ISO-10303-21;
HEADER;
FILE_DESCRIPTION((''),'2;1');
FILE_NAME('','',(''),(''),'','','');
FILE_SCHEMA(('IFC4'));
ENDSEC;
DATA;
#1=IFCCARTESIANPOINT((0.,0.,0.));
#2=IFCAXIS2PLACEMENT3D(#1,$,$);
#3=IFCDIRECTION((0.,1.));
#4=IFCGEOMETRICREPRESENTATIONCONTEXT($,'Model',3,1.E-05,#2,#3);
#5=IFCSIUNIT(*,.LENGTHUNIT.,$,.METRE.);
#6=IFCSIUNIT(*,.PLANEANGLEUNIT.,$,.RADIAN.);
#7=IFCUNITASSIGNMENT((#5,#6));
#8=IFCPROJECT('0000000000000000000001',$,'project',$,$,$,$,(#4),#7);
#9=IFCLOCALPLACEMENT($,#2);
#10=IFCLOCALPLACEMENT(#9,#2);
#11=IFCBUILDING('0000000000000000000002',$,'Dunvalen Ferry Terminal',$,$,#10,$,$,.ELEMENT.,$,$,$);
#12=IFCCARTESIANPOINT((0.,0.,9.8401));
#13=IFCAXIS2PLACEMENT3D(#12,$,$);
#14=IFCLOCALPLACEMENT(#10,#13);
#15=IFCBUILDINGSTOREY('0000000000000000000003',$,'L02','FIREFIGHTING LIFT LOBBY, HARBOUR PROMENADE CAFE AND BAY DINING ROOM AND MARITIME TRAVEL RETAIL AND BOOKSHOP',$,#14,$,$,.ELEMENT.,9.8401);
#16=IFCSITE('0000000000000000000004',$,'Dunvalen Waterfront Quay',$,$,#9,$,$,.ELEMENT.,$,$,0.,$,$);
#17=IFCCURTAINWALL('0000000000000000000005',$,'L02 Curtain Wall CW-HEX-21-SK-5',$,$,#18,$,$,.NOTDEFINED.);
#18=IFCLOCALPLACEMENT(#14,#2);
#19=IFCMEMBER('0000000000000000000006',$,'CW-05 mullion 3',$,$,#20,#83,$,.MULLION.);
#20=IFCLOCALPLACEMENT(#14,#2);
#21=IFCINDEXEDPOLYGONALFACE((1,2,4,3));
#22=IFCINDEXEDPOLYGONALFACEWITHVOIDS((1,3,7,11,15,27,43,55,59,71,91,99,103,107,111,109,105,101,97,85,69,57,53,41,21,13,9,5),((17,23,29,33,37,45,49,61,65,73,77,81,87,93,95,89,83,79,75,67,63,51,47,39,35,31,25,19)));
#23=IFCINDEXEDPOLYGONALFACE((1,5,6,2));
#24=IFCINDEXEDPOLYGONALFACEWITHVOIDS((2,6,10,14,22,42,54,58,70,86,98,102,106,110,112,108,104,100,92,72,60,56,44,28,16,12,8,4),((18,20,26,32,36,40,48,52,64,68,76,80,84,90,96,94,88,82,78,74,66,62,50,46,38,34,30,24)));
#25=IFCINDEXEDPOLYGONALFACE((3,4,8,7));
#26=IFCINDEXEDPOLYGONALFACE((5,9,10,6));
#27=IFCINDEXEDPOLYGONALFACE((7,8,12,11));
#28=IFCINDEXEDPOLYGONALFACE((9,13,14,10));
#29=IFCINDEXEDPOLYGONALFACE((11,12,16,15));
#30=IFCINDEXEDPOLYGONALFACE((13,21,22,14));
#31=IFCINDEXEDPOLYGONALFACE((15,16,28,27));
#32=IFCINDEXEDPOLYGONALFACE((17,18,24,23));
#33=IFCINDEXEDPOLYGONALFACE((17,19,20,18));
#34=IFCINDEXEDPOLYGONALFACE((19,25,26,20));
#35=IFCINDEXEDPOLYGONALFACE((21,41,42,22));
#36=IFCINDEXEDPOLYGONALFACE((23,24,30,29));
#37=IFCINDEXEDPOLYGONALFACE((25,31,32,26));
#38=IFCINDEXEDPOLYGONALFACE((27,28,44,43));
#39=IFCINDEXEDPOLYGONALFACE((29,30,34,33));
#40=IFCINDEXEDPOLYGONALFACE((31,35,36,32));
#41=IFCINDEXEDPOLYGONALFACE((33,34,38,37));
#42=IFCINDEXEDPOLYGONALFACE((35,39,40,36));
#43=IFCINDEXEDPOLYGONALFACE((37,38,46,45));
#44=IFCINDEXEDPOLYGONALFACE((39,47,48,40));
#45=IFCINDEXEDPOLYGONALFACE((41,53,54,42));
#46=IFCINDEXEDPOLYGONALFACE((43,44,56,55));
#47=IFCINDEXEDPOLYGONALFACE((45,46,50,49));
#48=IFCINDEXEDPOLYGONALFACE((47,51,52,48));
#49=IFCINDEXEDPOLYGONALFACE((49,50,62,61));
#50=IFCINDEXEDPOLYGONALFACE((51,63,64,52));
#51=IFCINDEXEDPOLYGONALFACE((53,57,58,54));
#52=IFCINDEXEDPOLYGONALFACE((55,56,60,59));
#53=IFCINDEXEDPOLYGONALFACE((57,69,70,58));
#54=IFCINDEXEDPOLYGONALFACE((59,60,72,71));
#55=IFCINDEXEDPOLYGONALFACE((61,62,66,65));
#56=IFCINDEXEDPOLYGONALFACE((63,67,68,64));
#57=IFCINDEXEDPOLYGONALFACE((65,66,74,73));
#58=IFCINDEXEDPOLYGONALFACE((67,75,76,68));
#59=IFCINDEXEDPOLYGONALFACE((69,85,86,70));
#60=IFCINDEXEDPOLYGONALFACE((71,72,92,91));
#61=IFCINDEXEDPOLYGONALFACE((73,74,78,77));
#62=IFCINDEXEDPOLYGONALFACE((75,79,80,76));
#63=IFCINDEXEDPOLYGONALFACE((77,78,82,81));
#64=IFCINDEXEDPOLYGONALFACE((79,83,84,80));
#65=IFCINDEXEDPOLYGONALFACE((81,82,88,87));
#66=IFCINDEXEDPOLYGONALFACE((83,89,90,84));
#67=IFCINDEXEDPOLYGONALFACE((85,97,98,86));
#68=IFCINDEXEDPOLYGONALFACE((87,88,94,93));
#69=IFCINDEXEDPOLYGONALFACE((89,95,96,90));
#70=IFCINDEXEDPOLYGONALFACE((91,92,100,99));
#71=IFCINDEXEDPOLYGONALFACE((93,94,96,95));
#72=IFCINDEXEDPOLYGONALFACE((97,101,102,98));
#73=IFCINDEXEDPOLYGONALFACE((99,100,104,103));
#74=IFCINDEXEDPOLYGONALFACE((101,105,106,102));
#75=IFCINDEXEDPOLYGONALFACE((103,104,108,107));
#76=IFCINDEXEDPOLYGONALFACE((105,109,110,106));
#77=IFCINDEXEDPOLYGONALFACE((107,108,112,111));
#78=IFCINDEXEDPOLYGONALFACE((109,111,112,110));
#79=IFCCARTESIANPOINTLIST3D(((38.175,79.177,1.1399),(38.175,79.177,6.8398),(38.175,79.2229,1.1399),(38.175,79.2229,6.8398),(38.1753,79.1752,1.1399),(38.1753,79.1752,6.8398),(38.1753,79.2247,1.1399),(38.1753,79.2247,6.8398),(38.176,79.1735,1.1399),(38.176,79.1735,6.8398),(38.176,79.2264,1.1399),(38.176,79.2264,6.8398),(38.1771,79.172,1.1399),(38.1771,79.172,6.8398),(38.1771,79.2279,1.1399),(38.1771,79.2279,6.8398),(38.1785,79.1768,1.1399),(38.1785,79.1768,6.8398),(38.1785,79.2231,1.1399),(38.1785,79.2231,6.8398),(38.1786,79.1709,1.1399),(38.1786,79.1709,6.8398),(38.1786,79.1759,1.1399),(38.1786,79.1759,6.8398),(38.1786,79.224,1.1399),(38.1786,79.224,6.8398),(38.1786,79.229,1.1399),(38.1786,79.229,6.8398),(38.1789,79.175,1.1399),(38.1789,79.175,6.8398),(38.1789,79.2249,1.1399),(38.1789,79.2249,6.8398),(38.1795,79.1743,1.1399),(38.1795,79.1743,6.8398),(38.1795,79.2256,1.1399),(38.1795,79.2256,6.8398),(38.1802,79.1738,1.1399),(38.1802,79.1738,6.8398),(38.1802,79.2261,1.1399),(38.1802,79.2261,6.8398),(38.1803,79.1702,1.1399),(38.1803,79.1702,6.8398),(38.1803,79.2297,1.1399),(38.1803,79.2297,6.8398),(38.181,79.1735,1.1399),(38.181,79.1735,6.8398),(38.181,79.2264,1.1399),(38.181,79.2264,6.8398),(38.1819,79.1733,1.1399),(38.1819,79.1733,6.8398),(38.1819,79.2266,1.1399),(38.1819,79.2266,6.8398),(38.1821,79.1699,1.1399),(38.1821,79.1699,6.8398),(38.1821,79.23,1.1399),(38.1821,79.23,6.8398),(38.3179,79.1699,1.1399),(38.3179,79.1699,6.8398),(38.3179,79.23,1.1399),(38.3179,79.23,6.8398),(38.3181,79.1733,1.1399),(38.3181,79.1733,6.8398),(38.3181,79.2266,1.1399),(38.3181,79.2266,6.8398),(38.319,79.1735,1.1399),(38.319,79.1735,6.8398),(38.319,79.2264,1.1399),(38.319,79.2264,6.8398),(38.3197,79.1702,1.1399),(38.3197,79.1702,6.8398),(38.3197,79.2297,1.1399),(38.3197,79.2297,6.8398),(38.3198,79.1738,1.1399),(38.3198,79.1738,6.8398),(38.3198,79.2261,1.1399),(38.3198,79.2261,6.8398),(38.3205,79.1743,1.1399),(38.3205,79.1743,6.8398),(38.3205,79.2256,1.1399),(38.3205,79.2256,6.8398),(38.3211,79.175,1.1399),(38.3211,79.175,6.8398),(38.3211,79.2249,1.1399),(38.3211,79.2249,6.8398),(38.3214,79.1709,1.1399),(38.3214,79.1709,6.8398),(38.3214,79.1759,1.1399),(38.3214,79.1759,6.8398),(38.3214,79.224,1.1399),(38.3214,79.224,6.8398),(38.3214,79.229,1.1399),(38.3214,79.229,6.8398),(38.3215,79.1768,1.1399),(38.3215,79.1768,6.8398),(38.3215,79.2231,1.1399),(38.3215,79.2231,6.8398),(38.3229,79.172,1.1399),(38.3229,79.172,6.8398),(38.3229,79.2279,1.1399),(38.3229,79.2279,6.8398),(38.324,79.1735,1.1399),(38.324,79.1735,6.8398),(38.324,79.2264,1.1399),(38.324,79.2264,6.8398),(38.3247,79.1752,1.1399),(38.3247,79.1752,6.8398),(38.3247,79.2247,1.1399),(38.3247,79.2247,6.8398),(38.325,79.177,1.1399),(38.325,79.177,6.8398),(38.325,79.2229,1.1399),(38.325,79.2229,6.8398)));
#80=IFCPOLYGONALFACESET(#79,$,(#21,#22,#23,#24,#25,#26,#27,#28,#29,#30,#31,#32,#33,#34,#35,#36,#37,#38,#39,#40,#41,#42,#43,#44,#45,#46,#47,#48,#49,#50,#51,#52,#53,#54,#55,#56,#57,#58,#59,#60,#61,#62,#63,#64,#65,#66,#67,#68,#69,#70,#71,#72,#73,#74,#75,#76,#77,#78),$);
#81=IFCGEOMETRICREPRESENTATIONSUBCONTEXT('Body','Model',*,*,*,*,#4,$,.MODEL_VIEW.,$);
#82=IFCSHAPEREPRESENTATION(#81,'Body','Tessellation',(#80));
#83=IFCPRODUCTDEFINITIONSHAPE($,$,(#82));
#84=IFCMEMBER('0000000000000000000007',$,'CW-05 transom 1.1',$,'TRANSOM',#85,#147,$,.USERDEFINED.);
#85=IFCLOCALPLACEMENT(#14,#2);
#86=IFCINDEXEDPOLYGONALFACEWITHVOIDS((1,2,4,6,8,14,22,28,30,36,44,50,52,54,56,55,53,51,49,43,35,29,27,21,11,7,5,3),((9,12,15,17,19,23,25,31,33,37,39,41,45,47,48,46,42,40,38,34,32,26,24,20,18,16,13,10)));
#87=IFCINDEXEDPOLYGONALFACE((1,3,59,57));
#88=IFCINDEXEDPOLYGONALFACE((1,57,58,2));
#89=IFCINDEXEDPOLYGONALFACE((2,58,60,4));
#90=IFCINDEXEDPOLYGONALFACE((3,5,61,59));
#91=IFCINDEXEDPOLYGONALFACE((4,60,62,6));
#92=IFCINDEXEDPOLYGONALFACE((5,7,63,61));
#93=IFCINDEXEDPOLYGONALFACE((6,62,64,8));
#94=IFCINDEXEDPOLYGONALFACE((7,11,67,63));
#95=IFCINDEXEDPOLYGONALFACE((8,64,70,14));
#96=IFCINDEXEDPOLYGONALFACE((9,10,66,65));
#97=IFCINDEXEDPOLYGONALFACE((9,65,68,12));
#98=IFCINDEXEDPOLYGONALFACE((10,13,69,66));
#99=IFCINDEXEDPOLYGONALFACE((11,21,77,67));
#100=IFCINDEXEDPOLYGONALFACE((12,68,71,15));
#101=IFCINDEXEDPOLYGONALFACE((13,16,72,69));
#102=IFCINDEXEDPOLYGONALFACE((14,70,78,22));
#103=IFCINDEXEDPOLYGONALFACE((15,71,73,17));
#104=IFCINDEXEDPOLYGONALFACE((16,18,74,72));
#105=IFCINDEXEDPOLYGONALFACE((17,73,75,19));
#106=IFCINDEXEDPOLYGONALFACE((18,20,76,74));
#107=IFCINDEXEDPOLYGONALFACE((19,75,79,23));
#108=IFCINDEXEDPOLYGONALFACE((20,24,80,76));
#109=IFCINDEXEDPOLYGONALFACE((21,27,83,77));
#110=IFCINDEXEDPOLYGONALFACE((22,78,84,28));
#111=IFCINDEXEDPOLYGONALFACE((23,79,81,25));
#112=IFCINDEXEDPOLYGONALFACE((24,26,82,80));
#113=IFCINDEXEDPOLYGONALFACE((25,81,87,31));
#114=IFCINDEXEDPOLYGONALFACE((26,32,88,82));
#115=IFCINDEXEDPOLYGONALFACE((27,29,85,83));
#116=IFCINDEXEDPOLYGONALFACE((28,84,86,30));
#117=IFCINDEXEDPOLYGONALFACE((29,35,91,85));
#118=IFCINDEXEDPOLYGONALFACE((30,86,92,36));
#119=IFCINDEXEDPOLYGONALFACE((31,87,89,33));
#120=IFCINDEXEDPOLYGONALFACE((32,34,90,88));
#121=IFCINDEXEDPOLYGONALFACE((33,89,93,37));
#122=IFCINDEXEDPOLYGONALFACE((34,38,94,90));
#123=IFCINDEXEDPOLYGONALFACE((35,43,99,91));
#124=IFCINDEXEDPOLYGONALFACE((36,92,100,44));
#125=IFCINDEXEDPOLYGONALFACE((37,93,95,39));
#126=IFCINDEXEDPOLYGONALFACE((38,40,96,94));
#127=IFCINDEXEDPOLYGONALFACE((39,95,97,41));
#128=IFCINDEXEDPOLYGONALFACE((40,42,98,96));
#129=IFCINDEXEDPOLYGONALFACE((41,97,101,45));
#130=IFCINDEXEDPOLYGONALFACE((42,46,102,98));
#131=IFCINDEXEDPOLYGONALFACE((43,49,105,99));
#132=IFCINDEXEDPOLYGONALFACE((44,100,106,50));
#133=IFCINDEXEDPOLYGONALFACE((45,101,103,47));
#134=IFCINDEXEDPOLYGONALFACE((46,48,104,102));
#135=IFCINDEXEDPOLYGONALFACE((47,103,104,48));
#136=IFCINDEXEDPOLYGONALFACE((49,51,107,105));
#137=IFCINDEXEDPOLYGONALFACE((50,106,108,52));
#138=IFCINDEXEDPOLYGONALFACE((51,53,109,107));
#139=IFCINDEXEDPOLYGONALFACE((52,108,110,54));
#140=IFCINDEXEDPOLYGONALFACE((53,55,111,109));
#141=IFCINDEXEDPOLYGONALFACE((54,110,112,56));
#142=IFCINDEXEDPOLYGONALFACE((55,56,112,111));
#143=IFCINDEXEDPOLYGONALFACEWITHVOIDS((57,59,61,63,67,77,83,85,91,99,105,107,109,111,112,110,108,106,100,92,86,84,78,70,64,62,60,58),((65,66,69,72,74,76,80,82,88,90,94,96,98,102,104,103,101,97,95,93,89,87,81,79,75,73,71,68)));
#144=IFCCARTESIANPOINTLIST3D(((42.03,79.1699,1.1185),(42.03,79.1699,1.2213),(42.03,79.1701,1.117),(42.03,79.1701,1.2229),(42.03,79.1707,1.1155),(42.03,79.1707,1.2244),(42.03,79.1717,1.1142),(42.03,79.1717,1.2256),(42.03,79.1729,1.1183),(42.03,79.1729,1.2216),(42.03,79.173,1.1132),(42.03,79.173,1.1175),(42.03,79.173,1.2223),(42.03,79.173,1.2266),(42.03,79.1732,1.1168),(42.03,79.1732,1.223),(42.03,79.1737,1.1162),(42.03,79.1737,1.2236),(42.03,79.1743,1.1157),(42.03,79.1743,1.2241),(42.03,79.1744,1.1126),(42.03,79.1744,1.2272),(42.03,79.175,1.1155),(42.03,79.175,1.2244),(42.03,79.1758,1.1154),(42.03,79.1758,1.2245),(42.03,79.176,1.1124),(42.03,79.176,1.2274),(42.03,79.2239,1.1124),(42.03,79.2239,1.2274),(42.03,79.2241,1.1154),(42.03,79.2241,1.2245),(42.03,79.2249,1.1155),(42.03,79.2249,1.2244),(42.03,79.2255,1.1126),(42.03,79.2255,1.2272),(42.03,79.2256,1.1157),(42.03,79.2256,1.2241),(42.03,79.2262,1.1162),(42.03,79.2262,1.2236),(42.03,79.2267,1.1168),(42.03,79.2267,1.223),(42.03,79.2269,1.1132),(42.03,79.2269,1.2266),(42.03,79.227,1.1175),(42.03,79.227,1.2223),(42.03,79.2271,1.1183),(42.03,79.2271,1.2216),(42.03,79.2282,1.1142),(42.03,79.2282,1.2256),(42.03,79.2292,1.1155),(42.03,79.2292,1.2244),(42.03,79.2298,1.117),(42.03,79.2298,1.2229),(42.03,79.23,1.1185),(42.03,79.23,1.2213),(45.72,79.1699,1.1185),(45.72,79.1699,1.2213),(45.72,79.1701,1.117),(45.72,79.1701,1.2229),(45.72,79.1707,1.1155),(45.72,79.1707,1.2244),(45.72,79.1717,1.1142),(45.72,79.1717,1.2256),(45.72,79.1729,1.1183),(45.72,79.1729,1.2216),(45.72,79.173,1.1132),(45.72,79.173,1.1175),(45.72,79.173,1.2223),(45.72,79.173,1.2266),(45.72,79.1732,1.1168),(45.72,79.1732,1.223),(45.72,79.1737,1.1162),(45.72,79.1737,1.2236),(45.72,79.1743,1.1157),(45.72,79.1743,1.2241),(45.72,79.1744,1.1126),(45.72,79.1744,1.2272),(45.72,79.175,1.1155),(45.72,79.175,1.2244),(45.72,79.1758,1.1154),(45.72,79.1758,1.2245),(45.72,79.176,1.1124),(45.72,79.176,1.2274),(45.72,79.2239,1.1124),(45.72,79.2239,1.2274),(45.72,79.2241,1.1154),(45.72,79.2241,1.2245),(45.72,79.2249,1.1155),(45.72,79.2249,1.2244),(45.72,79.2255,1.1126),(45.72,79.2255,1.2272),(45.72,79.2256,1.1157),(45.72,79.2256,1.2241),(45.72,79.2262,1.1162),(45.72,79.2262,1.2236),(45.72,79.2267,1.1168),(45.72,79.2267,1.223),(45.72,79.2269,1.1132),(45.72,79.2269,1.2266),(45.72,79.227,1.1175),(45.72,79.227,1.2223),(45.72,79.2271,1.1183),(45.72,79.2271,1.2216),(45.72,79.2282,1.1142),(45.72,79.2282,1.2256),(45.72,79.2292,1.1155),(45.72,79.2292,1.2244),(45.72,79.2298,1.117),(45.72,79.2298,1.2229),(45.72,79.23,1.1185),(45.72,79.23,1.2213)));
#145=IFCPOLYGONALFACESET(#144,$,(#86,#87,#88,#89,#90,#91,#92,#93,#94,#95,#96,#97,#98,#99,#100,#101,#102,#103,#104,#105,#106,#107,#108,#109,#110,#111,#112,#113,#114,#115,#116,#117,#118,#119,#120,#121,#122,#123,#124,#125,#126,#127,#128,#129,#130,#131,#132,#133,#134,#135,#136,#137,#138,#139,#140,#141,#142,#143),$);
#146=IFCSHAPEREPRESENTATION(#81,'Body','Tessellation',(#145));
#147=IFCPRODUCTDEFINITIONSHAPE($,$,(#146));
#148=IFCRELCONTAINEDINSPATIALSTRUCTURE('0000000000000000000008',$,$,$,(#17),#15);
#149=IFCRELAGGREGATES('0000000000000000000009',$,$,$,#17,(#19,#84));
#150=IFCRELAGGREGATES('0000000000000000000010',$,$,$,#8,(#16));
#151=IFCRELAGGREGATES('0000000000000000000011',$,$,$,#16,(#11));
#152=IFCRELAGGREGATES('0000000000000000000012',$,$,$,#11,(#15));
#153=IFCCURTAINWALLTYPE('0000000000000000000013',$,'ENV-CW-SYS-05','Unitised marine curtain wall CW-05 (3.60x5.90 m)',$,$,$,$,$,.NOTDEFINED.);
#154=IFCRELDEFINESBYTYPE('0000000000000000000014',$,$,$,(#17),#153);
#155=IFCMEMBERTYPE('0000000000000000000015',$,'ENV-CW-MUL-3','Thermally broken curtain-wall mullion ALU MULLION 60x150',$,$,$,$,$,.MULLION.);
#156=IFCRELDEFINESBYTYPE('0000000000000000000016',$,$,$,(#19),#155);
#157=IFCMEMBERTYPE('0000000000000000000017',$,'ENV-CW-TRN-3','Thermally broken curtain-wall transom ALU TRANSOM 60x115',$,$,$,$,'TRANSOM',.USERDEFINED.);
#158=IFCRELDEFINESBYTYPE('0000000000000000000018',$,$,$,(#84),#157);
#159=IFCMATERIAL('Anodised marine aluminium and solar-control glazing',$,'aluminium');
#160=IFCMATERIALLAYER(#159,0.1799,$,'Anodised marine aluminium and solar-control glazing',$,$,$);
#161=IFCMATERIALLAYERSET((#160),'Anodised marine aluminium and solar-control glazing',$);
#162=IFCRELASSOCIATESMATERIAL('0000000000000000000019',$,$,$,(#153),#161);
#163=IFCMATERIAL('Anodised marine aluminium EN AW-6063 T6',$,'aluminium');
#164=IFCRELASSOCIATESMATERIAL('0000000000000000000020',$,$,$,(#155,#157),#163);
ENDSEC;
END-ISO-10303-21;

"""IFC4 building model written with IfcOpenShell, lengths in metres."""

from ifc_helpers import new_model, si_unit, direction, frame, origin, origin_2d, place, context, subcontext, project, spatial, hollow_rectangle, extrude, material, layer, layer_set, material_profile, profile_set, type_object, element, aggregate, save


model = new_model("IFC4")

# Units and contexts
model_context = context("Model", 3, precision=1e-05, world=origin(), true_north=direction((0.0, 1.0)))
body_context = subcontext(model_context, "Body", "Model", "MODEL_VIEW")
ifc_project = project(units=[si_unit("LENGTHUNIT", "METRE"), si_unit("PLANEANGLEUNIT", "RADIAN")], contexts=[model_context])

# Site, building, storey
site_placement = place(None, origin())
site = spatial("IfcSite", under=ifc_project, at=site_placement, Name="Dunvalen Waterfront Quay", CompositionType="ELEMENT", RefElevation=0.0)
building_placement = place(site_placement, origin())
building = spatial("IfcBuilding", under=site, at=building_placement, Name="Dunvalen Ferry Terminal", CompositionType="ELEMENT")
storey_placement = place(building_placement, frame((0.0, 0.0, 9.8401)))
storey = spatial("IfcBuildingStorey", under=building, at=storey_placement, Name="L02", Description="FIREFIGHTING LIFT LOBBY, HARBOUR PROMENADE CAFE AND BAY DINING ROOM AND MARITIME TRAVEL RETAIL AND BOOKSHOP", CompositionType="ELEMENT", Elevation=9.8401)

# Curtain wall, members
ifc_material_1 = material(Name="Anodised marine aluminium and solar-control glazing", Category="aluminium")
ifc_layer_1 = layer(ifc_material_1, 0.1799, Name="Anodised marine aluminium and solar-control glazing")
ifc_layer_set_1 = layer_set([ifc_layer_1], Name="Anodised marine aluminium and solar-control glazing")
curtain_wall_type = type_object("IfcCurtainWallType", Name="ENV-CW-SYS-05", Description="Unitised marine curtain wall CW-05 (3.60x5.90 m)", PredefinedType="NOTDEFINED", material=ifc_layer_set_1)
curtain_wall_placement = place(storey_placement, origin())
curtain_wall = element("IfcCurtainWall", 1, at=curtain_wall_placement, inside=storey, type_object=curtain_wall_type, Name="L02 Curtain Wall CW-HEX-21-SK-5", PredefinedType="NOTDEFINED")
ifc_material_2 = material(Name="Anodised marine aluminium EN AW-6063 T6", Category="aluminium")
ifc_material_profile_1 = material_profile(ifc_material_2, hollow_rectangle(XDim=0.0601, YDim=0.1499, WallThickness=0.0034, InnerFilletRadius=0.0034, OuterFilletRadius=0.0071, at=origin_2d()), Name="Anodised marine aluminium EN AW-6063 T6")
ifc_profile_set_1 = profile_set([ifc_material_profile_1], Name="Anodised marine aluminium EN AW-6063 T6")
member_type_1 = type_object("IfcMemberType", Name="ENV-CW-MUL-3", Description="Thermally broken curtain-wall mullion ALU MULLION 60x150", PredefinedType="MULLION", material=ifc_profile_set_1)
member_1_placement = place(storey_placement, frame((38.25, 79.2, 1.1399), z_axis=(0.0, 0.0, 1.0), x_axis=(0.0, -1.0, 0.0)))
member_1 = element("IfcMember", 2, at=member_1_placement, type_object=member_type_1, Name="CW-05 mullion 3", PredefinedType="MULLION", context=body_context, shape_type="SweptSolid", body=[
    extrude(hollow_rectangle(XDim=0.0601, YDim=0.1499, WallThickness=0.0034, InnerFilletRadius=0.0034, OuterFilletRadius=0.0071, at=origin_2d()), origin(), (0.0, 0.0, 1.0), 5.7),
])
ifc_material_profile_2 = material_profile(ifc_material_2, hollow_rectangle(XDim=0.0601, YDim=0.115, WallThickness=0.0029, InnerFilletRadius=0.0029, OuterFilletRadius=0.0061, at=origin_2d()), Name="Anodised marine aluminium EN AW-6063 T6")
ifc_profile_set_2 = profile_set([ifc_material_profile_2], Name="Anodised marine aluminium EN AW-6063 T6")
member_type_2 = type_object("IfcMemberType", Name="ENV-CW-TRN-3", Description="Thermally broken curtain-wall transom ALU TRANSOM 60x115", ElementType="TRANSOM", PredefinedType="USERDEFINED", material=ifc_profile_set_2)
member_2_placement = place(storey_placement, frame((45.72, 79.2, 1.1699), z_axis=(-1.0, 0.0, 0.0), x_axis=(0.0, -1.0, 0.0)))
member_2 = element("IfcMember", 3, at=member_2_placement, type_object=member_type_2, Name="CW-05 transom 1.1", ObjectType="TRANSOM", PredefinedType="USERDEFINED", context=body_context, shape_type="SweptSolid", body=[
    extrude(hollow_rectangle(XDim=0.0601, YDim=0.115, WallThickness=0.0029, InnerFilletRadius=0.0029, OuterFilletRadius=0.0061, at=origin_2d()), origin(), (0.0, 0.0, 1.0), 3.6899),
])

aggregate(curtain_wall, [member_1, member_2])

save(model, "model.ifc")
